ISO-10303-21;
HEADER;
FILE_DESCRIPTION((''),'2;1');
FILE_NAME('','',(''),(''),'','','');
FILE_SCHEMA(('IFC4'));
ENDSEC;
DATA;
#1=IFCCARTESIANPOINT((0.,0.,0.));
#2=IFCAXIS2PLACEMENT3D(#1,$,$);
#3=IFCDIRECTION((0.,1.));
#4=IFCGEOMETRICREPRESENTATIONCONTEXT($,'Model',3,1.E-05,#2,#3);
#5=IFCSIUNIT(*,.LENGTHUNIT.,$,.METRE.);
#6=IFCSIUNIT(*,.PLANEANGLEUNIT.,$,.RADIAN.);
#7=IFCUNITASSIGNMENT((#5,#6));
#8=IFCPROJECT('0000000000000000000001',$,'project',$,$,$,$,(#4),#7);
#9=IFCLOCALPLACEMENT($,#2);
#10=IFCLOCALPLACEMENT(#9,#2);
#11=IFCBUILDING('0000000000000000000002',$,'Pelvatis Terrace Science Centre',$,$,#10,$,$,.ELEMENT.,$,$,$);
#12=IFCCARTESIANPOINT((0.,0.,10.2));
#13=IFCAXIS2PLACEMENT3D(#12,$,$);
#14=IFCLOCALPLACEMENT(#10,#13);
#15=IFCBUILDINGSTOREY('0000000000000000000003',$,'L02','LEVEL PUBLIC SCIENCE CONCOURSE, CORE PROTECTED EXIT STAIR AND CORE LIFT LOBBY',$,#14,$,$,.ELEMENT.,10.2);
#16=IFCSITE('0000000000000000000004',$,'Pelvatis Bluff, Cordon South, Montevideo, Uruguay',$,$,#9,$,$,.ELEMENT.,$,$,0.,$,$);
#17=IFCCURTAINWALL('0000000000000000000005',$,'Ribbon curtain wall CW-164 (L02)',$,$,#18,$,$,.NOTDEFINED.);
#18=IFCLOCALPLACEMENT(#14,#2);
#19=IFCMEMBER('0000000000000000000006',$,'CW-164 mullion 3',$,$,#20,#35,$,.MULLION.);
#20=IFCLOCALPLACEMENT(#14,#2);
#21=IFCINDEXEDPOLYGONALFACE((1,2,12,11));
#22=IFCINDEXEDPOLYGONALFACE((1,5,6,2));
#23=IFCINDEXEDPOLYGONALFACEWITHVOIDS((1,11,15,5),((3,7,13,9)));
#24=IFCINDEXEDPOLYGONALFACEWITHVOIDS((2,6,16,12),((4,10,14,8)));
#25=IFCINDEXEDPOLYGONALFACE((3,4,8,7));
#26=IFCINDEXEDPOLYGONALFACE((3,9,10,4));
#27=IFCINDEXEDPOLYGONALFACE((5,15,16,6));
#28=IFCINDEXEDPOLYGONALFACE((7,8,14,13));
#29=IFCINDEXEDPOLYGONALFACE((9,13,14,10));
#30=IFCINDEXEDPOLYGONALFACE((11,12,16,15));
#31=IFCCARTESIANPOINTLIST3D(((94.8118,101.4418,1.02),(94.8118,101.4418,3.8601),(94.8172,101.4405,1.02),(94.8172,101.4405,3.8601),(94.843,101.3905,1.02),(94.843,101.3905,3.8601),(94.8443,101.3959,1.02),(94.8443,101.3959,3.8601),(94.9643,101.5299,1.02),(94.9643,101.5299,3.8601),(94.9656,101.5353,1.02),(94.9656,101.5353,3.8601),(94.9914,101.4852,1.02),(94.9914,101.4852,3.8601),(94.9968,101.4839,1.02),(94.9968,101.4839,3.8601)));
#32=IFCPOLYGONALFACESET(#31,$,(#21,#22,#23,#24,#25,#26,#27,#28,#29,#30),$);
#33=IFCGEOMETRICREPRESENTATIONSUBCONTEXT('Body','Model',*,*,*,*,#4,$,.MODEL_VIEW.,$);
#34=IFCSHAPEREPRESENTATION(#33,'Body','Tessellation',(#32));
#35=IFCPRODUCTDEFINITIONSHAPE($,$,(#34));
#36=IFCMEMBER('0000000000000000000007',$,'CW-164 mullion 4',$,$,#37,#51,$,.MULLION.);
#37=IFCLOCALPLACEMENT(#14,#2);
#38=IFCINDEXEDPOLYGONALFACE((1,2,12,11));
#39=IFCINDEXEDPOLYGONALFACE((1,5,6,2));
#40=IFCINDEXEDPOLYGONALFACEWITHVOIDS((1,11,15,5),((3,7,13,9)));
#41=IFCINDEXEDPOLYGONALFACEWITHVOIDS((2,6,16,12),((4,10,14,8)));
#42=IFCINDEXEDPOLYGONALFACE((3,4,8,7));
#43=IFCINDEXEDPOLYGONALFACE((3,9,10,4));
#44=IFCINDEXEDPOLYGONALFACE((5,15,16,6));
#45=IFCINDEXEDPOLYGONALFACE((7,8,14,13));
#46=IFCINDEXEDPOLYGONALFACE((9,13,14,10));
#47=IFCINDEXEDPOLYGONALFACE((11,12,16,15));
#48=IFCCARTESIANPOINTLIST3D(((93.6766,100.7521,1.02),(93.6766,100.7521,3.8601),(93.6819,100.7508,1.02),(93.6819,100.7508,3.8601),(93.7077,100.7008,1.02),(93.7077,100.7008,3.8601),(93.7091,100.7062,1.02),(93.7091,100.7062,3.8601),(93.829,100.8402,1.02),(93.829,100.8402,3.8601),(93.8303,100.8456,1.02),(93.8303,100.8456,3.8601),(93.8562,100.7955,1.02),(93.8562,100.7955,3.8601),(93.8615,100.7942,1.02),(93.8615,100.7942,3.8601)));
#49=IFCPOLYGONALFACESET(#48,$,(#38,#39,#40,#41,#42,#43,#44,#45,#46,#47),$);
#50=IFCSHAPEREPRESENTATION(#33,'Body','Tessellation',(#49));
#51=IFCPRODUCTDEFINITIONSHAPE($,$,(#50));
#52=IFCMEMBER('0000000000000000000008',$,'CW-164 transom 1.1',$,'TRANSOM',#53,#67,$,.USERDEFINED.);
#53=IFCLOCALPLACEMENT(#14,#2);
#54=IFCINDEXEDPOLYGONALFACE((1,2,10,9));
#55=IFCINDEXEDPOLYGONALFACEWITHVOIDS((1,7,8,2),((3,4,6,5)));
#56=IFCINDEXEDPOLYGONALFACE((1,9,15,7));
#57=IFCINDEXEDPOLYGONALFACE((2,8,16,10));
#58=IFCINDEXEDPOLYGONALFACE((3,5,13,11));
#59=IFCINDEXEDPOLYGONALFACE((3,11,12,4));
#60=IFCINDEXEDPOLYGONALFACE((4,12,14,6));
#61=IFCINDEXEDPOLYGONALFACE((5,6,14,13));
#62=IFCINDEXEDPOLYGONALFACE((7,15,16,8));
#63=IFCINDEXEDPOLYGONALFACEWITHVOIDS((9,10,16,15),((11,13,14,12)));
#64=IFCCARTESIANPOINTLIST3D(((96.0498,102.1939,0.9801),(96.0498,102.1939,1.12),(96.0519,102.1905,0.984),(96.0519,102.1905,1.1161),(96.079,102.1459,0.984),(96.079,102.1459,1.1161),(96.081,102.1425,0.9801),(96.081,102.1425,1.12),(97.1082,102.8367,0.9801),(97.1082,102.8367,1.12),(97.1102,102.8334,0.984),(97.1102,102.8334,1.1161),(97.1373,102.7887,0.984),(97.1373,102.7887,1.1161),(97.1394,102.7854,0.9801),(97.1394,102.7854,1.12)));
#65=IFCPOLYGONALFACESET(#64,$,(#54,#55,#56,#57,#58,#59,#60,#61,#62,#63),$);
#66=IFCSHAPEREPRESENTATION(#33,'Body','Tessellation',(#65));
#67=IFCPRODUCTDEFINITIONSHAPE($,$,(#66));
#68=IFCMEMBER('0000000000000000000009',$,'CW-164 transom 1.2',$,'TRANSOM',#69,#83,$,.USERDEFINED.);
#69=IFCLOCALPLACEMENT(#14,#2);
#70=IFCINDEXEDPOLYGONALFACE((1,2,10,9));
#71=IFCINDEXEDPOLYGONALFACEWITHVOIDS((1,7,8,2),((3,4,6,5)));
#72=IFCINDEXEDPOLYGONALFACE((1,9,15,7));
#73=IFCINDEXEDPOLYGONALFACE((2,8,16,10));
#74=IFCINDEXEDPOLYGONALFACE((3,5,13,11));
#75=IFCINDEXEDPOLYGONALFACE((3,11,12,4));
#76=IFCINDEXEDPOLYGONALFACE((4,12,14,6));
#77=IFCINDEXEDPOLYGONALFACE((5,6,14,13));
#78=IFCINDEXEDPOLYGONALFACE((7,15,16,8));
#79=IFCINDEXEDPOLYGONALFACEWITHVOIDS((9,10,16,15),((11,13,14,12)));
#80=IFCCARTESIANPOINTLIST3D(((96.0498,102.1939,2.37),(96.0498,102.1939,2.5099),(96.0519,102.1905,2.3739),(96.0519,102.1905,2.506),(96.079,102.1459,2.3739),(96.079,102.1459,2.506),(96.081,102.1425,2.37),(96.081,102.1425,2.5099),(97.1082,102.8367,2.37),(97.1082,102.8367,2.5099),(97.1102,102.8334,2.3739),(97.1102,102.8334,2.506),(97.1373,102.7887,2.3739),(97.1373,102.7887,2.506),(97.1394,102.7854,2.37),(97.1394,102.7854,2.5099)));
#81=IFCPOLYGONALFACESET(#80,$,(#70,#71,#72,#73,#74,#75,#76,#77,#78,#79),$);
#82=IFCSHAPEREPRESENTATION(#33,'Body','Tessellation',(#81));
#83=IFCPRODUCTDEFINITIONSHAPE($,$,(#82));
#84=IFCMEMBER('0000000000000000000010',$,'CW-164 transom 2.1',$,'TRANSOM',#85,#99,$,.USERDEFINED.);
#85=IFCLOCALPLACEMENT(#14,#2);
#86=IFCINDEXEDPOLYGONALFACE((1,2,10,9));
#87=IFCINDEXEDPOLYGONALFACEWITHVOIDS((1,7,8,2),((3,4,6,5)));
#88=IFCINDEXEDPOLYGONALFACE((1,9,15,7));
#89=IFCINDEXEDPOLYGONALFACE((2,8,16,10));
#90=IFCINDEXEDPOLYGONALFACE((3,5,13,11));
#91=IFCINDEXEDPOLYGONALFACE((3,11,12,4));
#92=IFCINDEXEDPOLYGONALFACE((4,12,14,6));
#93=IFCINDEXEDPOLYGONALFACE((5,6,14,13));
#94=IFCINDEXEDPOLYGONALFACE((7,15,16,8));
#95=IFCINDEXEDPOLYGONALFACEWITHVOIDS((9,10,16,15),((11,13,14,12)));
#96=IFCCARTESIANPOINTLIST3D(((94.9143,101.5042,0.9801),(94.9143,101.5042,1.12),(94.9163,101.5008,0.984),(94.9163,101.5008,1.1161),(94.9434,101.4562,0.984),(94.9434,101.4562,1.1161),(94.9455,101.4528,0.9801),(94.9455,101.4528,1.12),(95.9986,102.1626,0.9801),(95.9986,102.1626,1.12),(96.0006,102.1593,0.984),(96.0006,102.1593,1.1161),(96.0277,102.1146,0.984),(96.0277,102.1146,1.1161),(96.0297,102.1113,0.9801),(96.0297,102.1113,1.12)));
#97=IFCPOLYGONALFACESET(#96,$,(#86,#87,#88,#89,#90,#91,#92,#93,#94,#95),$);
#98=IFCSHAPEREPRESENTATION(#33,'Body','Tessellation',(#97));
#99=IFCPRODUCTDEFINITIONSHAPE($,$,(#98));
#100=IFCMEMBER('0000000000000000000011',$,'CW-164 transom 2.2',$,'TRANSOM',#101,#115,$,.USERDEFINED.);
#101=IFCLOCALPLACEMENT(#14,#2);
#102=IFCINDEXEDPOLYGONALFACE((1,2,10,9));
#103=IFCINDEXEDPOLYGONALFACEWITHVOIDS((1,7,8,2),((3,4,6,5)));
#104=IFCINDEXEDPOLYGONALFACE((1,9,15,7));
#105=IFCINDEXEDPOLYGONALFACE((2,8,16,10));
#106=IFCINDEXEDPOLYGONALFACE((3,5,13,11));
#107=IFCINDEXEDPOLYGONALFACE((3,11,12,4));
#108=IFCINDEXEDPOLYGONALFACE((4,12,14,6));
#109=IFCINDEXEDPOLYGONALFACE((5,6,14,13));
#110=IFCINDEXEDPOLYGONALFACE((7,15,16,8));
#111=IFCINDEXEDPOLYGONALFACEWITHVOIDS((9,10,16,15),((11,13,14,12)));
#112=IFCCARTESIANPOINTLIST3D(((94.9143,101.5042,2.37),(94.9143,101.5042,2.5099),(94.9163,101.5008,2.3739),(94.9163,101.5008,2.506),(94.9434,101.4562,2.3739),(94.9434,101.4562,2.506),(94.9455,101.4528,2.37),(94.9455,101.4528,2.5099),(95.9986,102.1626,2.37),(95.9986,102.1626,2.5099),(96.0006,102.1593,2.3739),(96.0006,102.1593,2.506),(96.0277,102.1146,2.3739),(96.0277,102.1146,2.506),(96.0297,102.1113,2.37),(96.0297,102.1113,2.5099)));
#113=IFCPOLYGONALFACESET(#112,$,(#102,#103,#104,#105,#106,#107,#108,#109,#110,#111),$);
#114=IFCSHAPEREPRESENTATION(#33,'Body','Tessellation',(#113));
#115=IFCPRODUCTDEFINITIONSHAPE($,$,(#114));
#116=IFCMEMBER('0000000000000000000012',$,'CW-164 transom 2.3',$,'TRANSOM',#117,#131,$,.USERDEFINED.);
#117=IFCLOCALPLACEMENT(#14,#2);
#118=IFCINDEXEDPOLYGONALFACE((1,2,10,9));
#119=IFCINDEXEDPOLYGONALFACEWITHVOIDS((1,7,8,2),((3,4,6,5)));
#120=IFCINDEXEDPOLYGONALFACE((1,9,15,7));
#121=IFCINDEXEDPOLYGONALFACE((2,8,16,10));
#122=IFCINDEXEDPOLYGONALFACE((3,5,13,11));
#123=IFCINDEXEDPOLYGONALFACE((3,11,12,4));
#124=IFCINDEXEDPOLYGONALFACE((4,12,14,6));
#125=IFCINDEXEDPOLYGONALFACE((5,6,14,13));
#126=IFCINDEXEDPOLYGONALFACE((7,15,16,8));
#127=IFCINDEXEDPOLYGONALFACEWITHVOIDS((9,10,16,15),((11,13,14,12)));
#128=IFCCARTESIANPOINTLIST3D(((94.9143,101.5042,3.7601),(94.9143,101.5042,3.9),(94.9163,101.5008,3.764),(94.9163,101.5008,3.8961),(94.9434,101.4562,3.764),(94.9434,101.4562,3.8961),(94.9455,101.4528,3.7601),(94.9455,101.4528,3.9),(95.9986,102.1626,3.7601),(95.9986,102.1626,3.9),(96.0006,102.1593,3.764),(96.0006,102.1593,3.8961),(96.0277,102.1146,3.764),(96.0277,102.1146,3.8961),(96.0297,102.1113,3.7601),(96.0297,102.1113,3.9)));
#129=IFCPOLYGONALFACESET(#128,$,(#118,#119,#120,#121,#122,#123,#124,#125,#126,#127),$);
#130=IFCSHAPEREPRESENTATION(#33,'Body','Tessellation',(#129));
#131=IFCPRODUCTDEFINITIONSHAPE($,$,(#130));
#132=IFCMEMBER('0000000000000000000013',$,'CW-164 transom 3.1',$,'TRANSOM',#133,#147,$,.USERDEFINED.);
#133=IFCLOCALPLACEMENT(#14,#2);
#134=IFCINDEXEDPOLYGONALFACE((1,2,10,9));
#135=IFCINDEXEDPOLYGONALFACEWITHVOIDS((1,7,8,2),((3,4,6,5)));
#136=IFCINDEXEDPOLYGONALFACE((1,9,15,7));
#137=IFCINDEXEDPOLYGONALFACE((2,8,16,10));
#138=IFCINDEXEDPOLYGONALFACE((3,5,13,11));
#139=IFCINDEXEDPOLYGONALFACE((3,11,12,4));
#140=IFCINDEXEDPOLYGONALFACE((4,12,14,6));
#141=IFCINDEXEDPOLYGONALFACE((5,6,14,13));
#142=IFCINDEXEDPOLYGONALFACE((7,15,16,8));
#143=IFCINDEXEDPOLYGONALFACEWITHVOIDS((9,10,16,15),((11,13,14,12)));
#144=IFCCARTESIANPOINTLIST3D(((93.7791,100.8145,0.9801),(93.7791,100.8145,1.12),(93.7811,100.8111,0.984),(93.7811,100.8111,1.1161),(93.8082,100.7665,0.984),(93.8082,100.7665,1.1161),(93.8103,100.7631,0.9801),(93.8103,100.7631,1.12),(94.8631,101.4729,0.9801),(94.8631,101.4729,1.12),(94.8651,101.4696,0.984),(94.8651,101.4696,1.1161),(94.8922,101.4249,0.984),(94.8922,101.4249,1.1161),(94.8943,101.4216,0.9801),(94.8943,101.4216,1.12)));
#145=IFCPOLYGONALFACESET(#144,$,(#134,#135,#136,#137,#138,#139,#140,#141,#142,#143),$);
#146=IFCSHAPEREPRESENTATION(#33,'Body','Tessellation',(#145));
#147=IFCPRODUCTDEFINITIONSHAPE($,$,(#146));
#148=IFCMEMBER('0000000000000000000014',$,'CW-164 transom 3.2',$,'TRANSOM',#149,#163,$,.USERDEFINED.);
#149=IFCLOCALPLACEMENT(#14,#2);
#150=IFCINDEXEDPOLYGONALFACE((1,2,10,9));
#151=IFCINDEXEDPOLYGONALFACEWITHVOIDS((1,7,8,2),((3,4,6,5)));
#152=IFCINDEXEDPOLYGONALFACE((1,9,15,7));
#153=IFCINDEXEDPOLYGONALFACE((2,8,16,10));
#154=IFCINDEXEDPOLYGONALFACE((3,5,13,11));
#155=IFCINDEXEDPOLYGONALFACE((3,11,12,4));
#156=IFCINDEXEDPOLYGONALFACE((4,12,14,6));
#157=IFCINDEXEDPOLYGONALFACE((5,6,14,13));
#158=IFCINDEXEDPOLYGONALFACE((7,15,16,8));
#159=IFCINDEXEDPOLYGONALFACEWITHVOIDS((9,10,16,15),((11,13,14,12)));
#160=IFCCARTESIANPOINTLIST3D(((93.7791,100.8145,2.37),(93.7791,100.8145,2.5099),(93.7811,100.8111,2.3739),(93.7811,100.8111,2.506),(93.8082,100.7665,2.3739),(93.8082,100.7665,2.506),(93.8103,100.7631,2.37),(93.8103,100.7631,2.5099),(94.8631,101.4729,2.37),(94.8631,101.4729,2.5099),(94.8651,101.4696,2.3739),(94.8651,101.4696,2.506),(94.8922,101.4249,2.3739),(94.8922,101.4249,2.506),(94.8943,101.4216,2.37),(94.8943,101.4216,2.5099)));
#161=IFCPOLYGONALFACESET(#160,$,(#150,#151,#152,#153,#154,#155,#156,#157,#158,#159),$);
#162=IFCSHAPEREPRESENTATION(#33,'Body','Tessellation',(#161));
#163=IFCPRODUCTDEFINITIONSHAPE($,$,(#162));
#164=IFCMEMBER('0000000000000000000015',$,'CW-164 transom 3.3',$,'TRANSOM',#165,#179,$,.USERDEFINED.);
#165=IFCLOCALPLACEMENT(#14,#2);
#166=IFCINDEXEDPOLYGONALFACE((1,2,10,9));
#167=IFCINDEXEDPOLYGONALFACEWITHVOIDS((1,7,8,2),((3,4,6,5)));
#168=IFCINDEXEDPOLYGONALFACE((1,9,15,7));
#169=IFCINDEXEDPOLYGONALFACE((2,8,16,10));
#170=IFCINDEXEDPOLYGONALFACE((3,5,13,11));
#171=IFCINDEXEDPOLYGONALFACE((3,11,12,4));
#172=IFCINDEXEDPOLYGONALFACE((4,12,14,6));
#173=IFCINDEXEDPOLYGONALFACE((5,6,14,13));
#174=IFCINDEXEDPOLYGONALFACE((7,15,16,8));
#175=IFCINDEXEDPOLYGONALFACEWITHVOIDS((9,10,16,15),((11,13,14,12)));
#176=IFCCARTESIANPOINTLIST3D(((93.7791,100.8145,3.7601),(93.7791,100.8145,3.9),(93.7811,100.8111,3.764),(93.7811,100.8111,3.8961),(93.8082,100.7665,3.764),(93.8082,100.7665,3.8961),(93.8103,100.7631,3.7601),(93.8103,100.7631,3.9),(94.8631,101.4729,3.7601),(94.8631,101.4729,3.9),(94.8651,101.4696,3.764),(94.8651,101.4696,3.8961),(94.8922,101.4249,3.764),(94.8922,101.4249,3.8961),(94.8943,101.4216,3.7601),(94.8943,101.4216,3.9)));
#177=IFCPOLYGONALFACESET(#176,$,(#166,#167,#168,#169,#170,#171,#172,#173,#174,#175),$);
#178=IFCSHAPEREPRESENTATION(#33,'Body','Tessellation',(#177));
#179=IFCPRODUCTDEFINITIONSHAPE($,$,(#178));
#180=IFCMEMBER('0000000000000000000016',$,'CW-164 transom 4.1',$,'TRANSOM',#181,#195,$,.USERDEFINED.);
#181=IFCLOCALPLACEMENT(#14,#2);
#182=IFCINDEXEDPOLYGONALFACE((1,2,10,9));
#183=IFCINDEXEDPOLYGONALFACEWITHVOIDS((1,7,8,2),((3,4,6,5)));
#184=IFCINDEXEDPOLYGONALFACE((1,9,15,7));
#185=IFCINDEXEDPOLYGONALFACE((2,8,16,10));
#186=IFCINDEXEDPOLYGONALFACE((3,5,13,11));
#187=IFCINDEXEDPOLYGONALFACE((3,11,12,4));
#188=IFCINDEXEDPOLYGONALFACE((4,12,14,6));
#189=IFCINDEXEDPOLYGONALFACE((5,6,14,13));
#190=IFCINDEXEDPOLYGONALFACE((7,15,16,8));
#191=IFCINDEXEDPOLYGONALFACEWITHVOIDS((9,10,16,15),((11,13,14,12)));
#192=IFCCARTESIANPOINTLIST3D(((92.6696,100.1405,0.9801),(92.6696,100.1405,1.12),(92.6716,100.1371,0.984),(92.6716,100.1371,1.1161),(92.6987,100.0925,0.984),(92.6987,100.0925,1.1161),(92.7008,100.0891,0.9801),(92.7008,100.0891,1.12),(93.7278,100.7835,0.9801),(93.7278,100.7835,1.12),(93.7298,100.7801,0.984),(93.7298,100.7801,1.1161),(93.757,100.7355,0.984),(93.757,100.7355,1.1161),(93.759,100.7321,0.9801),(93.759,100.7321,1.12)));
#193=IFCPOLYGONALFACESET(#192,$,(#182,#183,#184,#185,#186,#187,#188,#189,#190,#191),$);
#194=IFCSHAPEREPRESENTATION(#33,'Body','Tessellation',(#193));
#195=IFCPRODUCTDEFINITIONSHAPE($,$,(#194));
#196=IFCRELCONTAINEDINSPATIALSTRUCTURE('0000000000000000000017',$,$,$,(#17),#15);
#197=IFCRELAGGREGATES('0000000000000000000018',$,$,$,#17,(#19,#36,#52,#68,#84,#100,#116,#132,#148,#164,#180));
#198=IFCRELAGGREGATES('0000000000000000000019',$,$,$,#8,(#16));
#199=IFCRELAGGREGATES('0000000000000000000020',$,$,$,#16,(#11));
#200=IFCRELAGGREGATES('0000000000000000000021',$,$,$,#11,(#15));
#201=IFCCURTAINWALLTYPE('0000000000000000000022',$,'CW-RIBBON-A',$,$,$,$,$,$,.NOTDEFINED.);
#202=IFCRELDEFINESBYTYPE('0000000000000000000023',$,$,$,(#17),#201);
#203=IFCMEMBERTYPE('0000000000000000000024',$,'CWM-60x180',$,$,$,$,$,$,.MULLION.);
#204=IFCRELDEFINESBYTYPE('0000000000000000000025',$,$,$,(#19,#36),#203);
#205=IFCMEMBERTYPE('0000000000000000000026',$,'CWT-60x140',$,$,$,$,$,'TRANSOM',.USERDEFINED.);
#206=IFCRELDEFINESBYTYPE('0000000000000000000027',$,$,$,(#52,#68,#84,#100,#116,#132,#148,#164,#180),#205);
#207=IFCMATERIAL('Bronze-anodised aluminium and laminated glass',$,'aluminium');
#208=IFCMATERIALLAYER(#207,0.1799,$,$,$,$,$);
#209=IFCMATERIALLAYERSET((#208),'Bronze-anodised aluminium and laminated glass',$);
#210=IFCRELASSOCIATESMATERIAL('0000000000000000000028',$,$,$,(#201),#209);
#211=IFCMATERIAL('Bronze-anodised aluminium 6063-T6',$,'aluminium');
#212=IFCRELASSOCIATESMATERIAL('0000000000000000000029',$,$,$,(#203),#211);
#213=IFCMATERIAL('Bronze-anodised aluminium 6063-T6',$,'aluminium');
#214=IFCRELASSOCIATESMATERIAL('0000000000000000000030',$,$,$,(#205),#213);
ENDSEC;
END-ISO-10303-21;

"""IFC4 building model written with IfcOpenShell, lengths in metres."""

from ifc_helpers import new_model, si_unit, direction, frame, origin, origin_2d, place, context, subcontext, project, spatial, hollow_rectangle, extrude, material, layer, layer_set, material_profile, profile_set, type_object, element, aggregate, save


model = new_model("IFC4")

# Units and contexts
model_context = context("Model", 3, precision=1e-05, world=origin(), true_north=direction((0.0, 1.0)))
body_context = subcontext(model_context, "Body", "Model", "MODEL_VIEW")
ifc_project = project(units=[si_unit("LENGTHUNIT", "METRE"), si_unit("PLANEANGLEUNIT", "RADIAN")], contexts=[model_context])

# Site, building, storey
site_placement = place(None, origin())
site = spatial("IfcSite", under=ifc_project, at=site_placement, Name="Pelvatis Bluff, Cordon South, Montevideo, Uruguay", CompositionType="ELEMENT", RefElevation=0.0)
building_placement = place(site_placement, origin())
building = spatial("IfcBuilding", under=site, at=building_placement, Name="Pelvatis Terrace Science Centre", CompositionType="ELEMENT")
storey_placement = place(building_placement, frame((0.0, 0.0, 10.2)))
storey = spatial("IfcBuildingStorey", under=building, at=storey_placement, Name="L02", Description="LEVEL PUBLIC SCIENCE CONCOURSE, CORE PROTECTED EXIT STAIR AND CORE LIFT LOBBY", CompositionType="ELEMENT", Elevation=10.2)

# Curtain wall, members
ifc_material_1 = material(Name="Bronze-anodised aluminium and laminated glass", Category="aluminium")
ifc_layer_1 = layer(ifc_material_1, 0.1799)
ifc_layer_set_1 = layer_set([ifc_layer_1], Name="Bronze-anodised aluminium and laminated glass")
curtain_wall_type = type_object("IfcCurtainWallType", Name="CW-RIBBON-A", PredefinedType="NOTDEFINED", material=ifc_layer_set_1)
curtain_wall_placement = place(storey_placement, origin())
curtain_wall = element("IfcCurtainWall", 1, at=curtain_wall_placement, inside=storey, type_object=curtain_wall_type, Name="Ribbon curtain wall CW-164 (L02)", PredefinedType="NOTDEFINED")
ifc_material_2 = material(Name="Bronze-anodised aluminium 6063-T6", Category="aluminium")
ifc_material_profile_1 = material_profile(ifc_material_2, hollow_rectangle(XDim=0.0601, YDim=0.1799, WallThickness=0.0039, at=origin_2d()), Name="ALU-MUL 60x180")
ifc_profile_set_1 = profile_set([ifc_material_profile_1], Name="Bronze-anodised aluminium 6063-T6")
member_type_1 = type_object("IfcMemberType", Name="CWM-60x180", PredefinedType="MULLION", material=ifc_profile_set_1)
member_1_placement = place(storey_placement, frame((94.9043, 101.4629, 1.02), z_axis=(0.0, 0.0, 1.0), x_axis=(0.51919, -0.854659, 0.0)))
member_1 = element("IfcMember", 2, at=member_1_placement, type_object=member_type_1, Name="CW-164 mullion 3", PredefinedType="MULLION", context=body_context, shape_type="SweptSolid", body=[
    extrude(hollow_rectangle(XDim=0.0601, YDim=0.1799, WallThickness=0.0039, at=origin_2d()), origin(), (0.0, 0.0, 1.0), 2.8401),
])
member_2_placement = place(storey_placement, frame((93.769, 100.7732, 1.02), z_axis=(0.0, 0.0, 1.0), x_axis=(0.51919, -0.854659, 0.0)))
member_2 = element("IfcMember", 3, at=member_2_placement, type_object=member_type_1, Name="CW-164 mullion 4", PredefinedType="MULLION", context=body_context, shape_type="SweptSolid", body=[
    extrude(hollow_rectangle(XDim=0.0601, YDim=0.1799, WallThickness=0.0039, at=origin_2d()), origin(), (0.0, 0.0, 1.0), 2.8401),
])
ifc_material_3 = material(Name="Bronze-anodised aluminium 6063-T6", Category="aluminium")
ifc_material_profile_2 = material_profile(ifc_material_3, hollow_rectangle(XDim=0.0601, YDim=0.1399, WallThickness=0.0039, at=origin_2d()), Name="ALU-TRN 60x140")
ifc_profile_set_2 = profile_set([ifc_material_profile_2], Name="Bronze-anodised aluminium 6063-T6")
member_type_2 = type_object("IfcMemberType", Name="CWT-60x140", ElementType="TRANSOM", PredefinedType="USERDEFINED", material=ifc_profile_set_2)
member_3_placement = place(storey_placement, frame((97.1238, 102.811, 1.05), z_axis=(-0.854697, -0.519127, 0.0), x_axis=(0.519127, -0.854697, 0.0)))
member_3 = element("IfcMember", 4, at=member_3_placement, type_object=member_type_2, Name="CW-164 transom 1.1", ObjectType="TRANSOM", PredefinedType="USERDEFINED", context=body_context, shape_type="SweptSolid", body=[
    extrude(hollow_rectangle(XDim=0.0601, YDim=0.1399, WallThickness=0.0039, at=origin_2d()), origin(), (0.0, 0.0, 1.0), 1.2383),
])
member_4_placement = place(storey_placement, frame((97.1238, 102.811, 2.4399), z_axis=(-0.854697, -0.519127, 0.0), x_axis=(0.519127, -0.854697, 0.0)))
member_4 = element("IfcMember", 5, at=member_4_placement, type_object=member_type_2, Name="CW-164 transom 1.2", ObjectType="TRANSOM", PredefinedType="USERDEFINED", context=body_context, shape_type="SweptSolid", body=[
    extrude(hollow_rectangle(XDim=0.0601, YDim=0.1399, WallThickness=0.0039, at=origin_2d()), origin(), (0.0, 0.0, 1.0), 1.2383),
])
member_5_placement = place(storey_placement, frame((96.0142, 102.137, 1.05), z_axis=(-0.85473, -0.519074, 0.0), x_axis=(0.519074, -0.85473, 0.0)))
member_5 = element("IfcMember", 6, at=member_5_placement, type_object=member_type_2, Name="CW-164 transom 2.1", ObjectType="TRANSOM", PredefinedType="USERDEFINED", context=body_context, shape_type="SweptSolid", body=[
    extrude(hollow_rectangle(XDim=0.0601, YDim=0.1399, WallThickness=0.0039, at=origin_2d()), origin(), (0.0, 0.0, 1.0), 1.2686),
])
member_6_placement = place(storey_placement, frame((96.0142, 102.137, 2.4399), z_axis=(-0.85473, -0.519074, 0.0), x_axis=(0.519074, -0.85473, 0.0)))
member_6 = element("IfcMember", 7, at=member_6_placement, type_object=member_type_2, Name="CW-164 transom 2.2", ObjectType="TRANSOM", PredefinedType="USERDEFINED", context=body_context, shape_type="SweptSolid", body=[
    extrude(hollow_rectangle(XDim=0.0601, YDim=0.1399, WallThickness=0.0039, at=origin_2d()), origin(), (0.0, 0.0, 1.0), 1.2686),
])
member_7_placement = place(storey_placement, frame((96.0142, 102.137, 3.8301), z_axis=(-0.85473, -0.519074, 0.0), x_axis=(0.519074, -0.85473, 0.0)))
member_7 = element("IfcMember", 8, at=member_7_placement, type_object=member_type_2, Name="CW-164 transom 2.3", ObjectType="TRANSOM", PredefinedType="USERDEFINED", context=body_context, shape_type="SweptSolid", body=[
    extrude(hollow_rectangle(XDim=0.0601, YDim=0.1399, WallThickness=0.0039, at=origin_2d()), origin(), (0.0, 0.0, 1.0), 1.2686),
])
member_8_placement = place(storey_placement, frame((94.8787, 101.4473, 1.05), z_axis=(-0.854678, -0.519159, 0.0), x_axis=(0.519159, -0.854678, 0.0)))
member_8 = element("IfcMember", 9, at=member_8_placement, type_object=member_type_2, Name="CW-164 transom 3.1", ObjectType="TRANSOM", PredefinedType="USERDEFINED", context=body_context, shape_type="SweptSolid", body=[
    extrude(hollow_rectangle(XDim=0.0601, YDim=0.1399, WallThickness=0.0039, at=origin_2d()), origin(), (0.0, 0.0, 1.0), 1.2683),
])
member_9_placement = place(storey_placement, frame((94.8787, 101.4473, 2.4399), z_axis=(-0.854678, -0.519159, 0.0), x_axis=(0.519159, -0.854678, 0.0)))
member_9 = element("IfcMember", 10, at=member_9_placement, type_object=member_type_2, Name="CW-164 transom 3.2", ObjectType="TRANSOM", PredefinedType="USERDEFINED", context=body_context, shape_type="SweptSolid", body=[
    extrude(hollow_rectangle(XDim=0.0601, YDim=0.1399, WallThickness=0.0039, at=origin_2d()), origin(), (0.0, 0.0, 1.0), 1.2683),
])
member_10_placement = place(storey_placement, frame((94.8787, 101.4473, 3.8301), z_axis=(-0.854678, -0.519159, 0.0), x_axis=(0.519159, -0.854678, 0.0)))
member_10 = element("IfcMember", 11, at=member_10_placement, type_object=member_type_2, Name="CW-164 transom 3.3", ObjectType="TRANSOM", PredefinedType="USERDEFINED", context=body_context, shape_type="SweptSolid", body=[
    extrude(hollow_rectangle(XDim=0.0601, YDim=0.1399, WallThickness=0.0039, at=origin_2d()), origin(), (0.0, 0.0, 1.0), 1.2683),
])
member_11_placement = place(storey_placement, frame((93.7434, 100.7578, 1.05), z_axis=(-0.854609, -0.519271, 0.0), x_axis=(0.519271, -0.854609, 0.0)))
member_11 = element("IfcMember", 12, at=member_11_placement, type_object=member_type_2, Name="CW-164 transom 4.1", ObjectType="TRANSOM", PredefinedType="USERDEFINED", context=body_context, shape_type="SweptSolid", body=[
    extrude(hollow_rectangle(XDim=0.0601, YDim=0.1399, WallThickness=0.0039, at=origin_2d()), origin(), (0.0, 0.0, 1.0), 1.2383),
])
aggregate(curtain_wall, [member_1, member_2, member_3, member_4, member_5, member_6, member_7, member_8, member_9, member_10, member_11])

save(model, "model.ifc")
